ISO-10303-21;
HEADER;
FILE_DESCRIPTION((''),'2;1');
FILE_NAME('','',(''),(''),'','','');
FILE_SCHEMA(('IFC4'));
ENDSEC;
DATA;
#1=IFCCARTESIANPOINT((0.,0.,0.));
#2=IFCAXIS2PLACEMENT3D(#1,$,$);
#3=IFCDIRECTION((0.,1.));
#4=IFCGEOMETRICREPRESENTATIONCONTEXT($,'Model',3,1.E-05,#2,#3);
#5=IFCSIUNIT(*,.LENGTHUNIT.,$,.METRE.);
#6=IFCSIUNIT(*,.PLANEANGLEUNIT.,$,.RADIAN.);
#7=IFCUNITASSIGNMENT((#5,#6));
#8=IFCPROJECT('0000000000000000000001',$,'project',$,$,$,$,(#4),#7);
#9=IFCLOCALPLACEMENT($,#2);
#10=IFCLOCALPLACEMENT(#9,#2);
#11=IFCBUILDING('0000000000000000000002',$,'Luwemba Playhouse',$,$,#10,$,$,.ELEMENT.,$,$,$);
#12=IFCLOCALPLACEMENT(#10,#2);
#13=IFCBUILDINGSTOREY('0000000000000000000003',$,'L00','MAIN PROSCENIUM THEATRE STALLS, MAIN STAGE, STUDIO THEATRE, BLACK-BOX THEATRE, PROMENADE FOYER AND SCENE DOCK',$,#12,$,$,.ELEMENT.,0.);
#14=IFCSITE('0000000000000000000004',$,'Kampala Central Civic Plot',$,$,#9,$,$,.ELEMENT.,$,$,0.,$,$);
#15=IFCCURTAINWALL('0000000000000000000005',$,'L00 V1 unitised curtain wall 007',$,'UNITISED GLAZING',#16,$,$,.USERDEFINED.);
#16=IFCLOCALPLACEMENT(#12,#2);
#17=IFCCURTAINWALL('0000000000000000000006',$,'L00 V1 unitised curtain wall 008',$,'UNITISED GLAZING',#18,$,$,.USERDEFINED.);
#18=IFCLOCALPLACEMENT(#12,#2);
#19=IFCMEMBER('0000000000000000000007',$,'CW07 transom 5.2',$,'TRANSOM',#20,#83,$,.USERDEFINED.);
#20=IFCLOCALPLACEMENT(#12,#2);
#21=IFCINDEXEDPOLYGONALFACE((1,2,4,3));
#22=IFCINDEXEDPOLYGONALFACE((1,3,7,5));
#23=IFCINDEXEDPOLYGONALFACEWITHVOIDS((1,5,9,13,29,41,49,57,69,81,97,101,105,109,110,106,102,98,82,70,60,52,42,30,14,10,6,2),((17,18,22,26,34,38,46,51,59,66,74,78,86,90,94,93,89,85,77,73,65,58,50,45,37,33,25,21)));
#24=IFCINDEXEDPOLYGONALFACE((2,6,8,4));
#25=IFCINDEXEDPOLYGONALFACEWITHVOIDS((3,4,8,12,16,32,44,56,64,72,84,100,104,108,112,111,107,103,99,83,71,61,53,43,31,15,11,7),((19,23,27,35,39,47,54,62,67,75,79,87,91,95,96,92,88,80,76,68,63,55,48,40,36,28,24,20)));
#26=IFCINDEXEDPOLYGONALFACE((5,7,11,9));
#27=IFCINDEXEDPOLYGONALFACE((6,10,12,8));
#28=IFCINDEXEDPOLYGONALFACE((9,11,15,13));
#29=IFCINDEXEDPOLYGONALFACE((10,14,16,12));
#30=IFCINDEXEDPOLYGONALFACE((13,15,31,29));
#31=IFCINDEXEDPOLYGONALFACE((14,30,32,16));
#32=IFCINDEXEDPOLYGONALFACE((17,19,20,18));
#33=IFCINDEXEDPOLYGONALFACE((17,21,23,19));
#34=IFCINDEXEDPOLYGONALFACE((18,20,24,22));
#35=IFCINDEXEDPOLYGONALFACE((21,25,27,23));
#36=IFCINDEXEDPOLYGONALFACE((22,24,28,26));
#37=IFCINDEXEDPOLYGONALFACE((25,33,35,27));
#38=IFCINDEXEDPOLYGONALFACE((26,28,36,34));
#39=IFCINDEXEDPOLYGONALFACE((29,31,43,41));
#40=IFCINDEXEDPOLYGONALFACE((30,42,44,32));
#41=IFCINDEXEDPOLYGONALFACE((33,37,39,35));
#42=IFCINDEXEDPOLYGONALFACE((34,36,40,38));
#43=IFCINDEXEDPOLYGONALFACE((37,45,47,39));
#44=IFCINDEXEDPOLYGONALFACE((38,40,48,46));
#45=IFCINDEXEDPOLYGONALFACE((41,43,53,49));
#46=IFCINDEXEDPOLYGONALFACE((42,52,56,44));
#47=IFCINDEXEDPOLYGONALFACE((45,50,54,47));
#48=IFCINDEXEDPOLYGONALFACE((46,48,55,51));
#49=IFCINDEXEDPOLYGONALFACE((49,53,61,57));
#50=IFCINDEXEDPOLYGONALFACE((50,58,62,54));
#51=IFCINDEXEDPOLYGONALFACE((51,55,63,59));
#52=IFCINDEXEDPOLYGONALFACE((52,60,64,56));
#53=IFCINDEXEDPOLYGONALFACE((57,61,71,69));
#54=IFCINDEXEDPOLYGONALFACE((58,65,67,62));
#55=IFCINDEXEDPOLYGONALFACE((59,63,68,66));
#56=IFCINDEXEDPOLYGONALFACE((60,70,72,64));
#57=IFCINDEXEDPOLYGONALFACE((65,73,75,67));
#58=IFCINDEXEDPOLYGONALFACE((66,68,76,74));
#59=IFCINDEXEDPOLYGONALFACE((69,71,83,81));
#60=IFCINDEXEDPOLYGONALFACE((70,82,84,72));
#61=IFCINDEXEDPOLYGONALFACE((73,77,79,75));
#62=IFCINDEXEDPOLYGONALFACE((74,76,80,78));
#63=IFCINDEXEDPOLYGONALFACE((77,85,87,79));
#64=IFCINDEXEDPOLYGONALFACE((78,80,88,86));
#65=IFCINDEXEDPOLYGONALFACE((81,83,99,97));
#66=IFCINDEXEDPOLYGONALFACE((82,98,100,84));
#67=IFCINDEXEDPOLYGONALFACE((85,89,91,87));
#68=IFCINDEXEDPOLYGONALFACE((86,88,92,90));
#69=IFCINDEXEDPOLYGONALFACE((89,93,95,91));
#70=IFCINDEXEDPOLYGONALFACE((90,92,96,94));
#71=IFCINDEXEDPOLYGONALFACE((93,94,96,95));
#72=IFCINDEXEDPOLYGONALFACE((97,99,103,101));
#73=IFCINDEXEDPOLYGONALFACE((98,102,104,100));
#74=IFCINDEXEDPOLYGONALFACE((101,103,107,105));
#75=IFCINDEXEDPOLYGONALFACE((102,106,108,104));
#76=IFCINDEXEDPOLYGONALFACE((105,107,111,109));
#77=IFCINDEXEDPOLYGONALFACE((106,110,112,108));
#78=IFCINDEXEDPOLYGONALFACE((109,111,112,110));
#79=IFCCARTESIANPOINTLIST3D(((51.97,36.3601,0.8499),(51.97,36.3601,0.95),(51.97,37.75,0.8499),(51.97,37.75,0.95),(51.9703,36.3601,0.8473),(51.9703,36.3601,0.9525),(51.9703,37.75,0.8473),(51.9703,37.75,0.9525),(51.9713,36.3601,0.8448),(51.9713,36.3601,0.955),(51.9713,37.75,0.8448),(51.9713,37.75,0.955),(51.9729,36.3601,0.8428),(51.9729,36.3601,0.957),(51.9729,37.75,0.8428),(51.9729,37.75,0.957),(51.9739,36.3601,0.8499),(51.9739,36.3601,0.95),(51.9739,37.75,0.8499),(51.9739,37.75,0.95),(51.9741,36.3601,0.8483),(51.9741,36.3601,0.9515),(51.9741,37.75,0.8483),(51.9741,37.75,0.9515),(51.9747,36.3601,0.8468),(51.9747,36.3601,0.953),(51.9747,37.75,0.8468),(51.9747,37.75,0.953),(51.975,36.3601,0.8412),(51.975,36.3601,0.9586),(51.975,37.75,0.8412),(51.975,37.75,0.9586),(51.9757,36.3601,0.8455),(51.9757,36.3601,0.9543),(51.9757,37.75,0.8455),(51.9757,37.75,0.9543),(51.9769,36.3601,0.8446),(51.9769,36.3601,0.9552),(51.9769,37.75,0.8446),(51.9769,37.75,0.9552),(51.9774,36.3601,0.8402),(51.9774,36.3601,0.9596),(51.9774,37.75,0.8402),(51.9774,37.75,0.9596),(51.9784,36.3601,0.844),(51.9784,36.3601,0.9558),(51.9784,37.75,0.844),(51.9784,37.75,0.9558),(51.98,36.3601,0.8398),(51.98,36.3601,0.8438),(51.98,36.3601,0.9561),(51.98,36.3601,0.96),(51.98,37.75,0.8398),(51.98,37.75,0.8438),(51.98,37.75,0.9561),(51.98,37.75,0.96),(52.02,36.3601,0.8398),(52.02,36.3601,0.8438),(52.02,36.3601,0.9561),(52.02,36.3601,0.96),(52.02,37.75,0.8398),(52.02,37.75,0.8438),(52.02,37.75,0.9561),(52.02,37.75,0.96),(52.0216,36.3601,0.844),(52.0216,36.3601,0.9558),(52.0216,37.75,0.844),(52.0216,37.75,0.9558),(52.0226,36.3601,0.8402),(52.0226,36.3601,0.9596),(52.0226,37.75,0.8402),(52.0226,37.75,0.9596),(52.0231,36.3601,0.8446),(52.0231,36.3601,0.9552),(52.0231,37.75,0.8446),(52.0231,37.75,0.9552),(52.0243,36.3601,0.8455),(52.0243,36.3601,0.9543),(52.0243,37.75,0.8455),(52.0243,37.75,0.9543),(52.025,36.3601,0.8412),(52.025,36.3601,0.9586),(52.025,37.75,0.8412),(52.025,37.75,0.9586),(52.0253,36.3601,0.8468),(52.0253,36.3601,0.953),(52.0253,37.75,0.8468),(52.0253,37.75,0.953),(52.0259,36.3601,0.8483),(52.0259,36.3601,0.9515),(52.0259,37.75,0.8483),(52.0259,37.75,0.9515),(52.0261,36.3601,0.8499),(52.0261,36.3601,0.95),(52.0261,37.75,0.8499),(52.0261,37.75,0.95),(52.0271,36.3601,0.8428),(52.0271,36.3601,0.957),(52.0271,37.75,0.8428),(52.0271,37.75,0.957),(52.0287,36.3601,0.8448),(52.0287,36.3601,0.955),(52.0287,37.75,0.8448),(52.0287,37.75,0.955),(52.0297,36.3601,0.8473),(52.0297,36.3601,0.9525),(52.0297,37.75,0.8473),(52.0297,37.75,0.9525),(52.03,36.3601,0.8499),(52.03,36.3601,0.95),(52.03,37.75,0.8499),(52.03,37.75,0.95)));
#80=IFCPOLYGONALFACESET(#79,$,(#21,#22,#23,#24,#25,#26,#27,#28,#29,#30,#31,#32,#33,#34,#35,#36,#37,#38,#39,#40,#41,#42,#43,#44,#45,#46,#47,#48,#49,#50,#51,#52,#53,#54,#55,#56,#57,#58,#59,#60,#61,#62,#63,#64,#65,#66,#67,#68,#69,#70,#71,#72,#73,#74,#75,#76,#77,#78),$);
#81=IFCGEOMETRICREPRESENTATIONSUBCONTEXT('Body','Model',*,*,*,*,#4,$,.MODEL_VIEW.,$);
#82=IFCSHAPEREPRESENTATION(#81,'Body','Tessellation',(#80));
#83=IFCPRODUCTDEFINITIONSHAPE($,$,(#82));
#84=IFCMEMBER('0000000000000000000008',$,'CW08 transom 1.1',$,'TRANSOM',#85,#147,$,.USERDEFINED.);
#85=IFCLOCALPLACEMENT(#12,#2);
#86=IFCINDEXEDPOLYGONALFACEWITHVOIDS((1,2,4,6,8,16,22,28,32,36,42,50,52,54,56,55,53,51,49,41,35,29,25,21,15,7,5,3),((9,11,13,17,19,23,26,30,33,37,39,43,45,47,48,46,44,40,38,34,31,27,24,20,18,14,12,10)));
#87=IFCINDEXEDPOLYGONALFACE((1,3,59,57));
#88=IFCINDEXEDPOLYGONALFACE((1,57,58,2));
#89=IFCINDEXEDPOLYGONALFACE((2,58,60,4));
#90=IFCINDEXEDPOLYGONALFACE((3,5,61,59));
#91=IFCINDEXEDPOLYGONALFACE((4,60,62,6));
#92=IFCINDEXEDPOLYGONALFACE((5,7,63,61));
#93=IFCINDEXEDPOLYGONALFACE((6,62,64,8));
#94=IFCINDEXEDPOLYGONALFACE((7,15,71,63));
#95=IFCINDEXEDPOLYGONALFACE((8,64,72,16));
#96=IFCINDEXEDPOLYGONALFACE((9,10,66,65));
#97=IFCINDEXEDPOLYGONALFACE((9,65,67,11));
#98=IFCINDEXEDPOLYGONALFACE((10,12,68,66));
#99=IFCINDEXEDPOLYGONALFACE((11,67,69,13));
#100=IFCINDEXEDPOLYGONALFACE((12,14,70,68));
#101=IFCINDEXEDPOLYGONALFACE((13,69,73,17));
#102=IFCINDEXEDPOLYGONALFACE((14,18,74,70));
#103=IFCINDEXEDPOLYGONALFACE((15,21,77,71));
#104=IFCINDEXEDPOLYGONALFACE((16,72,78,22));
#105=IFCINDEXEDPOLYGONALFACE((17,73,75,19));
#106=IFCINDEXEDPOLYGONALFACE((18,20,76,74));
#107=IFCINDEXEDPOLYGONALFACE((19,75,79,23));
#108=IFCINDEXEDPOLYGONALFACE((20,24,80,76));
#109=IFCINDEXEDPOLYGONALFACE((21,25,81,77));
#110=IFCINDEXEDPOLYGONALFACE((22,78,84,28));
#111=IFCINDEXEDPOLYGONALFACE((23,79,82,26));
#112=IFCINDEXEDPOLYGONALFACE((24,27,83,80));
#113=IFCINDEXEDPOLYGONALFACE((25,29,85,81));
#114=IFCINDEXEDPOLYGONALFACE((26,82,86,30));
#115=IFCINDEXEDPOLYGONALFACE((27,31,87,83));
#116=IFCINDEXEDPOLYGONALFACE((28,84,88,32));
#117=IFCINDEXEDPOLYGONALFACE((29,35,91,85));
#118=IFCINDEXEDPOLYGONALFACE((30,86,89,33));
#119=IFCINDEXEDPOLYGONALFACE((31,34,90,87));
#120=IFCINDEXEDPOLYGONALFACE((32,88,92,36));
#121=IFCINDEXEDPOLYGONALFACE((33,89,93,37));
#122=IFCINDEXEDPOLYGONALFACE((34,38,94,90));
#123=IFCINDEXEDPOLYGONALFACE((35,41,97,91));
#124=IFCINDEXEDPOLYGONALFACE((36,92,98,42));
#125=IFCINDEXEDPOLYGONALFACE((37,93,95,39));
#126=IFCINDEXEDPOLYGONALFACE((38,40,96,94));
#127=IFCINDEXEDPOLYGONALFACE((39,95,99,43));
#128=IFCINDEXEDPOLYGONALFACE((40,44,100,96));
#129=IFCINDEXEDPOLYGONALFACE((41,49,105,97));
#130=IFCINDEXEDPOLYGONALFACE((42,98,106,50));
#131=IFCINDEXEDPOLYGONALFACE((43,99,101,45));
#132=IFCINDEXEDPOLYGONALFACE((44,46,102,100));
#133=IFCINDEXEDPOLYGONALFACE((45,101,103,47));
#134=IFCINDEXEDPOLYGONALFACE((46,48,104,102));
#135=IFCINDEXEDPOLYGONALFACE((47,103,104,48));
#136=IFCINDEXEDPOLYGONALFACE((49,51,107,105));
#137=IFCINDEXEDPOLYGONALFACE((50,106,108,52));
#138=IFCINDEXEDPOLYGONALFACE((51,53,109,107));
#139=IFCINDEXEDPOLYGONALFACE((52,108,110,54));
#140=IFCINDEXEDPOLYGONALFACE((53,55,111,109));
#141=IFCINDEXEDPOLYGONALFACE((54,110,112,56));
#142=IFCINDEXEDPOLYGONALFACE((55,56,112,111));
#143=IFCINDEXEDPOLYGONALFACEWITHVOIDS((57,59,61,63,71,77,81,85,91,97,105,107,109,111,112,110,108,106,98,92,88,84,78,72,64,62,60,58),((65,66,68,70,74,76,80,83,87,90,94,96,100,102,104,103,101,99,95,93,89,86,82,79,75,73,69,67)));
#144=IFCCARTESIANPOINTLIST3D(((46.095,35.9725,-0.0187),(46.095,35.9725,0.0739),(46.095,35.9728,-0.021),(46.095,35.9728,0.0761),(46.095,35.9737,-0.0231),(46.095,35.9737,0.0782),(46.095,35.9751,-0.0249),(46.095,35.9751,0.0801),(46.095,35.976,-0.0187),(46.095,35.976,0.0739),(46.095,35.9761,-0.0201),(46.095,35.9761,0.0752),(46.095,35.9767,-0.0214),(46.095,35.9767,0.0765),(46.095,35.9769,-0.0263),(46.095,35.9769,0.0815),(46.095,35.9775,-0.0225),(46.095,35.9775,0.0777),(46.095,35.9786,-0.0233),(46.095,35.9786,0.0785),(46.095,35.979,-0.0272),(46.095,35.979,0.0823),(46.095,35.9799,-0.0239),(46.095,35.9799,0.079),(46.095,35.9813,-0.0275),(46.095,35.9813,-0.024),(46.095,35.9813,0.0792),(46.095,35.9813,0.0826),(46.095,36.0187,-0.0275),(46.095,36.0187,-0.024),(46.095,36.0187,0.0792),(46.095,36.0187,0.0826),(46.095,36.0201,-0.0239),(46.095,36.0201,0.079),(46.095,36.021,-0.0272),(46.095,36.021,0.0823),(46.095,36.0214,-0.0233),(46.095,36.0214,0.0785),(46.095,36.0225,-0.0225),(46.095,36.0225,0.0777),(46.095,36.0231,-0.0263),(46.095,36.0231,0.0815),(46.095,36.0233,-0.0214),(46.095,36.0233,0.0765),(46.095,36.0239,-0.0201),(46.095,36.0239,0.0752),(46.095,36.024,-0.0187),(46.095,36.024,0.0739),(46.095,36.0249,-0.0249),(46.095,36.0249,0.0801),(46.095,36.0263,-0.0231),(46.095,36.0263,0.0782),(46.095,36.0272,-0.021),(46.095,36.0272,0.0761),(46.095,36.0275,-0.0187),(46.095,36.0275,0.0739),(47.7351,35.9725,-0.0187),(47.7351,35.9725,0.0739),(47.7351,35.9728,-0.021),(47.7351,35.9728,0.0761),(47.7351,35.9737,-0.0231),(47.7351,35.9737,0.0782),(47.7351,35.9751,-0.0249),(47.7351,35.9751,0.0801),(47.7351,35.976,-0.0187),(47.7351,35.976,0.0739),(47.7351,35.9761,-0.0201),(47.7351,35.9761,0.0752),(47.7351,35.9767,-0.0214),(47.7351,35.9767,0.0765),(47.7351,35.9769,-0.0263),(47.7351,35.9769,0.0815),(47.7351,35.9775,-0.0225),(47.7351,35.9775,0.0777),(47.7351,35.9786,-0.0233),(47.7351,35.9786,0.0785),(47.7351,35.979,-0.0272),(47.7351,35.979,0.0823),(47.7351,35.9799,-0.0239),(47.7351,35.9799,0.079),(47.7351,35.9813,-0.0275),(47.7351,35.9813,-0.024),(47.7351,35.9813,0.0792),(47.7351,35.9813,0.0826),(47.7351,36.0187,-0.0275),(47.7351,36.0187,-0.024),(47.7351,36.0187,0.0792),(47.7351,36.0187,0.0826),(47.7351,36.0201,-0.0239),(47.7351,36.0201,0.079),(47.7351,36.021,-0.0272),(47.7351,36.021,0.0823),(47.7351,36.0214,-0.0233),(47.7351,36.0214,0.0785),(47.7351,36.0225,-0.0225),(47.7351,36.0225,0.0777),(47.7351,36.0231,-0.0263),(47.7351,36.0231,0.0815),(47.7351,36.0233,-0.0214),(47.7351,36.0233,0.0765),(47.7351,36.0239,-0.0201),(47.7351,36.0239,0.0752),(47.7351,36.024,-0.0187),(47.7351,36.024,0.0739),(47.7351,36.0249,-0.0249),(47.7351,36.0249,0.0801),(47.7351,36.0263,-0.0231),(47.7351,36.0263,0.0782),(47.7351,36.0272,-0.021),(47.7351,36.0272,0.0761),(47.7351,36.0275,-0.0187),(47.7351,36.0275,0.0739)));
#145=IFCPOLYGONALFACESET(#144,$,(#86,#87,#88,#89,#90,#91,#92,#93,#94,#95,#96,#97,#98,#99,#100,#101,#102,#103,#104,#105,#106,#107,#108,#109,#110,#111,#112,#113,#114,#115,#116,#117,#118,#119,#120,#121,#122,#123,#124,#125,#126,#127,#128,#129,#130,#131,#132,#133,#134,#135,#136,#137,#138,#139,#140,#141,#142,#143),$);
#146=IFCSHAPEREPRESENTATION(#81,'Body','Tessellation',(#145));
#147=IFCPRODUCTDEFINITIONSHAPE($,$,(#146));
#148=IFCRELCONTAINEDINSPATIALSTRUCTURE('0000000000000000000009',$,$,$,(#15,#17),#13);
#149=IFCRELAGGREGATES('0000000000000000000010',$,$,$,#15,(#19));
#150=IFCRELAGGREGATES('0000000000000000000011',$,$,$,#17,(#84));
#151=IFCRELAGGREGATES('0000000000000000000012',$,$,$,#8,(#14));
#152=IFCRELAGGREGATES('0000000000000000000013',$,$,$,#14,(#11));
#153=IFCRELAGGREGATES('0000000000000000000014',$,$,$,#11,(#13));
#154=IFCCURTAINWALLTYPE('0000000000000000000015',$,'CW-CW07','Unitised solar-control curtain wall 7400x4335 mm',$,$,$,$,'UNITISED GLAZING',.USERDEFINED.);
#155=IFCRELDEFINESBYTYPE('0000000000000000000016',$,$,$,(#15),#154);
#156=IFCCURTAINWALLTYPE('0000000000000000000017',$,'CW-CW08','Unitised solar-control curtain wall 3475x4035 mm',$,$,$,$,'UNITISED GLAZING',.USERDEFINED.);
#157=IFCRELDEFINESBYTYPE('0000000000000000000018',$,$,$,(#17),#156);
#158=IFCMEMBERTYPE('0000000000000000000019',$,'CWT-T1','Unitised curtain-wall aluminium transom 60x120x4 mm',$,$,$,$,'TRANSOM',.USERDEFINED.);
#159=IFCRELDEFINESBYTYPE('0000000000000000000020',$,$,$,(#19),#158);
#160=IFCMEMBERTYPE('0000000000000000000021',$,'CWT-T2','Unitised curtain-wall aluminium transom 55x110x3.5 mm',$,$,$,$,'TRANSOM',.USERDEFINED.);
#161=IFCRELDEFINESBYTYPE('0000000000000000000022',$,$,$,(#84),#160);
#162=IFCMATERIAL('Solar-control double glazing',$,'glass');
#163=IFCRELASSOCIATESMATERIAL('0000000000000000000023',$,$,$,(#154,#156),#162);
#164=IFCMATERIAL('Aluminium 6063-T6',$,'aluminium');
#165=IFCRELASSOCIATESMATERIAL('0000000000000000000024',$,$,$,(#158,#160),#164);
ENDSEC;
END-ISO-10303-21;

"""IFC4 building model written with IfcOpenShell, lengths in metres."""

from ifc_helpers import new_model, si_unit, direction, frame, origin, origin_2d, place, context, subcontext, project, spatial, hollow_rectangle, extrude, material, material_profile, profile_set, type_object, element, aggregate, save


model = new_model("IFC4")

# Units and contexts
model_context = context("Model", 3, precision=1e-05, world=origin(), true_north=direction((0.0, 1.0)))
body_context = subcontext(model_context, "Body", "Model", "MODEL_VIEW")
ifc_project = project(units=[si_unit("LENGTHUNIT", "METRE"), si_unit("PLANEANGLEUNIT", "RADIAN")], contexts=[model_context])

# Site, building, storey
site_placement = place(None, origin())
site = spatial("IfcSite", under=ifc_project, at=site_placement, Name="Kampala Central Civic Plot", CompositionType="ELEMENT", RefElevation=0.0)
building_placement = place(site_placement, origin())
building = spatial("IfcBuilding", under=site, at=building_placement, Name="Luwemba Playhouse", CompositionType="ELEMENT")
storey_placement = place(building_placement, origin())
storey = spatial("IfcBuildingStorey", under=building, at=storey_placement, Name="L00", Description="MAIN PROSCENIUM THEATRE STALLS, MAIN STAGE, STUDIO THEATRE, BLACK-BOX THEATRE, PROMENADE FOYER AND SCENE DOCK", CompositionType="ELEMENT", Elevation=0.0)

# Curtain wall
ifc_material_1 = material(Name="Solar-control double glazing", Category="glass")
curtain_wall_type_1 = type_object("IfcCurtainWallType", Name="CW-CW07", Description="Unitised solar-control curtain wall 7400x4335 mm", ElementType="UNITISED GLAZING", PredefinedType="USERDEFINED", material=ifc_material_1)
curtain_wall_1_placement = place(storey_placement, origin())
curtain_wall_1 = element("IfcCurtainWall", 1, at=curtain_wall_1_placement, inside=storey, type_object=curtain_wall_type_1, Name="L00 V1 unitised curtain wall 007", ObjectType="UNITISED GLAZING", PredefinedType="USERDEFINED")
ifc_material_2 = material(Name="Aluminium 6063-T6", Category="aluminium")

# Curtain wall
curtain_wall_type_2 = type_object("IfcCurtainWallType", Name="CW-CW08", Description="Unitised solar-control curtain wall 3475x4035 mm", ElementType="UNITISED GLAZING", PredefinedType="USERDEFINED", material=ifc_material_1)
curtain_wall_2_placement = place(storey_placement, origin())
curtain_wall_2 = element("IfcCurtainWall", 2, at=curtain_wall_2_placement, inside=storey, type_object=curtain_wall_type_2, Name="L00 V1 unitised curtain wall 008", ObjectType="UNITISED GLAZING", PredefinedType="USERDEFINED")

# Members
ifc_material_profile_1 = material_profile(ifc_material_2, hollow_rectangle(XDim=0.0601, YDim=0.1201, WallThickness=0.0039, InnerFilletRadius=0.0061, OuterFilletRadius=0.01, at=origin_2d()))
ifc_profile_set_1 = profile_set([ifc_material_profile_1], Name="Aluminium 6063-T6")
member_type_1 = type_object("IfcMemberType", Name="CWT-T1", Description="Unitised curtain-wall aluminium transom 60x120x4 mm", ElementType="TRANSOM", PredefinedType="USERDEFINED", material=ifc_profile_set_1)
member_1_placement = place(storey_placement, frame((52.0, 37.75, 0.8999), z_axis=(0.0, -1.0, 0.0), x_axis=(1.0, 0.0, 0.0)))
member_1 = element("IfcMember", 3, at=member_1_placement, type_object=member_type_1, Name="CW07 transom 5.2", ObjectType="TRANSOM", PredefinedType="USERDEFINED", context=body_context, shape_type="SweptSolid", body=[
    extrude(hollow_rectangle(XDim=0.0601, YDim=0.1201, WallThickness=0.0039, InnerFilletRadius=0.0061, OuterFilletRadius=0.01, at=origin_2d()), origin(), (0.0, 0.0, 1.0), 1.3899),
])
ifc_material_profile_2 = material_profile(ifc_material_2, hollow_rectangle(XDim=0.0549, YDim=0.1101, WallThickness=0.0034, InnerFilletRadius=0.0054, OuterFilletRadius=0.0088, at=origin_2d()))
ifc_profile_set_2 = profile_set([ifc_material_profile_2], Name="Aluminium 6063-T6")
member_type_2 = type_object("IfcMemberType", Name="CWT-T2", Description="Unitised curtain-wall aluminium transom 55x110x3.5 mm", ElementType="TRANSOM", PredefinedType="USERDEFINED", material=ifc_profile_set_2)
member_2_placement = place(storey_placement, frame((47.7351, 36.0, 0.0276), z_axis=(-1.0, 0.0, 0.0), x_axis=(0.0, -1.0, 0.0)))
member_2 = element("IfcMember", 4, at=member_2_placement, type_object=member_type_2, Name="CW08 transom 1.1", ObjectType="TRANSOM", PredefinedType="USERDEFINED", context=body_context, shape_type="SweptSolid", body=[
    extrude(hollow_rectangle(XDim=0.0549, YDim=0.1101, WallThickness=0.0034, InnerFilletRadius=0.0054, OuterFilletRadius=0.0088, at=origin_2d()), origin(), (0.0, 0.0, 1.0), 1.6401),
])

aggregate(curtain_wall_1, [member_1])
aggregate(curtain_wall_2, [member_2])

save(model, "model.ifc")
